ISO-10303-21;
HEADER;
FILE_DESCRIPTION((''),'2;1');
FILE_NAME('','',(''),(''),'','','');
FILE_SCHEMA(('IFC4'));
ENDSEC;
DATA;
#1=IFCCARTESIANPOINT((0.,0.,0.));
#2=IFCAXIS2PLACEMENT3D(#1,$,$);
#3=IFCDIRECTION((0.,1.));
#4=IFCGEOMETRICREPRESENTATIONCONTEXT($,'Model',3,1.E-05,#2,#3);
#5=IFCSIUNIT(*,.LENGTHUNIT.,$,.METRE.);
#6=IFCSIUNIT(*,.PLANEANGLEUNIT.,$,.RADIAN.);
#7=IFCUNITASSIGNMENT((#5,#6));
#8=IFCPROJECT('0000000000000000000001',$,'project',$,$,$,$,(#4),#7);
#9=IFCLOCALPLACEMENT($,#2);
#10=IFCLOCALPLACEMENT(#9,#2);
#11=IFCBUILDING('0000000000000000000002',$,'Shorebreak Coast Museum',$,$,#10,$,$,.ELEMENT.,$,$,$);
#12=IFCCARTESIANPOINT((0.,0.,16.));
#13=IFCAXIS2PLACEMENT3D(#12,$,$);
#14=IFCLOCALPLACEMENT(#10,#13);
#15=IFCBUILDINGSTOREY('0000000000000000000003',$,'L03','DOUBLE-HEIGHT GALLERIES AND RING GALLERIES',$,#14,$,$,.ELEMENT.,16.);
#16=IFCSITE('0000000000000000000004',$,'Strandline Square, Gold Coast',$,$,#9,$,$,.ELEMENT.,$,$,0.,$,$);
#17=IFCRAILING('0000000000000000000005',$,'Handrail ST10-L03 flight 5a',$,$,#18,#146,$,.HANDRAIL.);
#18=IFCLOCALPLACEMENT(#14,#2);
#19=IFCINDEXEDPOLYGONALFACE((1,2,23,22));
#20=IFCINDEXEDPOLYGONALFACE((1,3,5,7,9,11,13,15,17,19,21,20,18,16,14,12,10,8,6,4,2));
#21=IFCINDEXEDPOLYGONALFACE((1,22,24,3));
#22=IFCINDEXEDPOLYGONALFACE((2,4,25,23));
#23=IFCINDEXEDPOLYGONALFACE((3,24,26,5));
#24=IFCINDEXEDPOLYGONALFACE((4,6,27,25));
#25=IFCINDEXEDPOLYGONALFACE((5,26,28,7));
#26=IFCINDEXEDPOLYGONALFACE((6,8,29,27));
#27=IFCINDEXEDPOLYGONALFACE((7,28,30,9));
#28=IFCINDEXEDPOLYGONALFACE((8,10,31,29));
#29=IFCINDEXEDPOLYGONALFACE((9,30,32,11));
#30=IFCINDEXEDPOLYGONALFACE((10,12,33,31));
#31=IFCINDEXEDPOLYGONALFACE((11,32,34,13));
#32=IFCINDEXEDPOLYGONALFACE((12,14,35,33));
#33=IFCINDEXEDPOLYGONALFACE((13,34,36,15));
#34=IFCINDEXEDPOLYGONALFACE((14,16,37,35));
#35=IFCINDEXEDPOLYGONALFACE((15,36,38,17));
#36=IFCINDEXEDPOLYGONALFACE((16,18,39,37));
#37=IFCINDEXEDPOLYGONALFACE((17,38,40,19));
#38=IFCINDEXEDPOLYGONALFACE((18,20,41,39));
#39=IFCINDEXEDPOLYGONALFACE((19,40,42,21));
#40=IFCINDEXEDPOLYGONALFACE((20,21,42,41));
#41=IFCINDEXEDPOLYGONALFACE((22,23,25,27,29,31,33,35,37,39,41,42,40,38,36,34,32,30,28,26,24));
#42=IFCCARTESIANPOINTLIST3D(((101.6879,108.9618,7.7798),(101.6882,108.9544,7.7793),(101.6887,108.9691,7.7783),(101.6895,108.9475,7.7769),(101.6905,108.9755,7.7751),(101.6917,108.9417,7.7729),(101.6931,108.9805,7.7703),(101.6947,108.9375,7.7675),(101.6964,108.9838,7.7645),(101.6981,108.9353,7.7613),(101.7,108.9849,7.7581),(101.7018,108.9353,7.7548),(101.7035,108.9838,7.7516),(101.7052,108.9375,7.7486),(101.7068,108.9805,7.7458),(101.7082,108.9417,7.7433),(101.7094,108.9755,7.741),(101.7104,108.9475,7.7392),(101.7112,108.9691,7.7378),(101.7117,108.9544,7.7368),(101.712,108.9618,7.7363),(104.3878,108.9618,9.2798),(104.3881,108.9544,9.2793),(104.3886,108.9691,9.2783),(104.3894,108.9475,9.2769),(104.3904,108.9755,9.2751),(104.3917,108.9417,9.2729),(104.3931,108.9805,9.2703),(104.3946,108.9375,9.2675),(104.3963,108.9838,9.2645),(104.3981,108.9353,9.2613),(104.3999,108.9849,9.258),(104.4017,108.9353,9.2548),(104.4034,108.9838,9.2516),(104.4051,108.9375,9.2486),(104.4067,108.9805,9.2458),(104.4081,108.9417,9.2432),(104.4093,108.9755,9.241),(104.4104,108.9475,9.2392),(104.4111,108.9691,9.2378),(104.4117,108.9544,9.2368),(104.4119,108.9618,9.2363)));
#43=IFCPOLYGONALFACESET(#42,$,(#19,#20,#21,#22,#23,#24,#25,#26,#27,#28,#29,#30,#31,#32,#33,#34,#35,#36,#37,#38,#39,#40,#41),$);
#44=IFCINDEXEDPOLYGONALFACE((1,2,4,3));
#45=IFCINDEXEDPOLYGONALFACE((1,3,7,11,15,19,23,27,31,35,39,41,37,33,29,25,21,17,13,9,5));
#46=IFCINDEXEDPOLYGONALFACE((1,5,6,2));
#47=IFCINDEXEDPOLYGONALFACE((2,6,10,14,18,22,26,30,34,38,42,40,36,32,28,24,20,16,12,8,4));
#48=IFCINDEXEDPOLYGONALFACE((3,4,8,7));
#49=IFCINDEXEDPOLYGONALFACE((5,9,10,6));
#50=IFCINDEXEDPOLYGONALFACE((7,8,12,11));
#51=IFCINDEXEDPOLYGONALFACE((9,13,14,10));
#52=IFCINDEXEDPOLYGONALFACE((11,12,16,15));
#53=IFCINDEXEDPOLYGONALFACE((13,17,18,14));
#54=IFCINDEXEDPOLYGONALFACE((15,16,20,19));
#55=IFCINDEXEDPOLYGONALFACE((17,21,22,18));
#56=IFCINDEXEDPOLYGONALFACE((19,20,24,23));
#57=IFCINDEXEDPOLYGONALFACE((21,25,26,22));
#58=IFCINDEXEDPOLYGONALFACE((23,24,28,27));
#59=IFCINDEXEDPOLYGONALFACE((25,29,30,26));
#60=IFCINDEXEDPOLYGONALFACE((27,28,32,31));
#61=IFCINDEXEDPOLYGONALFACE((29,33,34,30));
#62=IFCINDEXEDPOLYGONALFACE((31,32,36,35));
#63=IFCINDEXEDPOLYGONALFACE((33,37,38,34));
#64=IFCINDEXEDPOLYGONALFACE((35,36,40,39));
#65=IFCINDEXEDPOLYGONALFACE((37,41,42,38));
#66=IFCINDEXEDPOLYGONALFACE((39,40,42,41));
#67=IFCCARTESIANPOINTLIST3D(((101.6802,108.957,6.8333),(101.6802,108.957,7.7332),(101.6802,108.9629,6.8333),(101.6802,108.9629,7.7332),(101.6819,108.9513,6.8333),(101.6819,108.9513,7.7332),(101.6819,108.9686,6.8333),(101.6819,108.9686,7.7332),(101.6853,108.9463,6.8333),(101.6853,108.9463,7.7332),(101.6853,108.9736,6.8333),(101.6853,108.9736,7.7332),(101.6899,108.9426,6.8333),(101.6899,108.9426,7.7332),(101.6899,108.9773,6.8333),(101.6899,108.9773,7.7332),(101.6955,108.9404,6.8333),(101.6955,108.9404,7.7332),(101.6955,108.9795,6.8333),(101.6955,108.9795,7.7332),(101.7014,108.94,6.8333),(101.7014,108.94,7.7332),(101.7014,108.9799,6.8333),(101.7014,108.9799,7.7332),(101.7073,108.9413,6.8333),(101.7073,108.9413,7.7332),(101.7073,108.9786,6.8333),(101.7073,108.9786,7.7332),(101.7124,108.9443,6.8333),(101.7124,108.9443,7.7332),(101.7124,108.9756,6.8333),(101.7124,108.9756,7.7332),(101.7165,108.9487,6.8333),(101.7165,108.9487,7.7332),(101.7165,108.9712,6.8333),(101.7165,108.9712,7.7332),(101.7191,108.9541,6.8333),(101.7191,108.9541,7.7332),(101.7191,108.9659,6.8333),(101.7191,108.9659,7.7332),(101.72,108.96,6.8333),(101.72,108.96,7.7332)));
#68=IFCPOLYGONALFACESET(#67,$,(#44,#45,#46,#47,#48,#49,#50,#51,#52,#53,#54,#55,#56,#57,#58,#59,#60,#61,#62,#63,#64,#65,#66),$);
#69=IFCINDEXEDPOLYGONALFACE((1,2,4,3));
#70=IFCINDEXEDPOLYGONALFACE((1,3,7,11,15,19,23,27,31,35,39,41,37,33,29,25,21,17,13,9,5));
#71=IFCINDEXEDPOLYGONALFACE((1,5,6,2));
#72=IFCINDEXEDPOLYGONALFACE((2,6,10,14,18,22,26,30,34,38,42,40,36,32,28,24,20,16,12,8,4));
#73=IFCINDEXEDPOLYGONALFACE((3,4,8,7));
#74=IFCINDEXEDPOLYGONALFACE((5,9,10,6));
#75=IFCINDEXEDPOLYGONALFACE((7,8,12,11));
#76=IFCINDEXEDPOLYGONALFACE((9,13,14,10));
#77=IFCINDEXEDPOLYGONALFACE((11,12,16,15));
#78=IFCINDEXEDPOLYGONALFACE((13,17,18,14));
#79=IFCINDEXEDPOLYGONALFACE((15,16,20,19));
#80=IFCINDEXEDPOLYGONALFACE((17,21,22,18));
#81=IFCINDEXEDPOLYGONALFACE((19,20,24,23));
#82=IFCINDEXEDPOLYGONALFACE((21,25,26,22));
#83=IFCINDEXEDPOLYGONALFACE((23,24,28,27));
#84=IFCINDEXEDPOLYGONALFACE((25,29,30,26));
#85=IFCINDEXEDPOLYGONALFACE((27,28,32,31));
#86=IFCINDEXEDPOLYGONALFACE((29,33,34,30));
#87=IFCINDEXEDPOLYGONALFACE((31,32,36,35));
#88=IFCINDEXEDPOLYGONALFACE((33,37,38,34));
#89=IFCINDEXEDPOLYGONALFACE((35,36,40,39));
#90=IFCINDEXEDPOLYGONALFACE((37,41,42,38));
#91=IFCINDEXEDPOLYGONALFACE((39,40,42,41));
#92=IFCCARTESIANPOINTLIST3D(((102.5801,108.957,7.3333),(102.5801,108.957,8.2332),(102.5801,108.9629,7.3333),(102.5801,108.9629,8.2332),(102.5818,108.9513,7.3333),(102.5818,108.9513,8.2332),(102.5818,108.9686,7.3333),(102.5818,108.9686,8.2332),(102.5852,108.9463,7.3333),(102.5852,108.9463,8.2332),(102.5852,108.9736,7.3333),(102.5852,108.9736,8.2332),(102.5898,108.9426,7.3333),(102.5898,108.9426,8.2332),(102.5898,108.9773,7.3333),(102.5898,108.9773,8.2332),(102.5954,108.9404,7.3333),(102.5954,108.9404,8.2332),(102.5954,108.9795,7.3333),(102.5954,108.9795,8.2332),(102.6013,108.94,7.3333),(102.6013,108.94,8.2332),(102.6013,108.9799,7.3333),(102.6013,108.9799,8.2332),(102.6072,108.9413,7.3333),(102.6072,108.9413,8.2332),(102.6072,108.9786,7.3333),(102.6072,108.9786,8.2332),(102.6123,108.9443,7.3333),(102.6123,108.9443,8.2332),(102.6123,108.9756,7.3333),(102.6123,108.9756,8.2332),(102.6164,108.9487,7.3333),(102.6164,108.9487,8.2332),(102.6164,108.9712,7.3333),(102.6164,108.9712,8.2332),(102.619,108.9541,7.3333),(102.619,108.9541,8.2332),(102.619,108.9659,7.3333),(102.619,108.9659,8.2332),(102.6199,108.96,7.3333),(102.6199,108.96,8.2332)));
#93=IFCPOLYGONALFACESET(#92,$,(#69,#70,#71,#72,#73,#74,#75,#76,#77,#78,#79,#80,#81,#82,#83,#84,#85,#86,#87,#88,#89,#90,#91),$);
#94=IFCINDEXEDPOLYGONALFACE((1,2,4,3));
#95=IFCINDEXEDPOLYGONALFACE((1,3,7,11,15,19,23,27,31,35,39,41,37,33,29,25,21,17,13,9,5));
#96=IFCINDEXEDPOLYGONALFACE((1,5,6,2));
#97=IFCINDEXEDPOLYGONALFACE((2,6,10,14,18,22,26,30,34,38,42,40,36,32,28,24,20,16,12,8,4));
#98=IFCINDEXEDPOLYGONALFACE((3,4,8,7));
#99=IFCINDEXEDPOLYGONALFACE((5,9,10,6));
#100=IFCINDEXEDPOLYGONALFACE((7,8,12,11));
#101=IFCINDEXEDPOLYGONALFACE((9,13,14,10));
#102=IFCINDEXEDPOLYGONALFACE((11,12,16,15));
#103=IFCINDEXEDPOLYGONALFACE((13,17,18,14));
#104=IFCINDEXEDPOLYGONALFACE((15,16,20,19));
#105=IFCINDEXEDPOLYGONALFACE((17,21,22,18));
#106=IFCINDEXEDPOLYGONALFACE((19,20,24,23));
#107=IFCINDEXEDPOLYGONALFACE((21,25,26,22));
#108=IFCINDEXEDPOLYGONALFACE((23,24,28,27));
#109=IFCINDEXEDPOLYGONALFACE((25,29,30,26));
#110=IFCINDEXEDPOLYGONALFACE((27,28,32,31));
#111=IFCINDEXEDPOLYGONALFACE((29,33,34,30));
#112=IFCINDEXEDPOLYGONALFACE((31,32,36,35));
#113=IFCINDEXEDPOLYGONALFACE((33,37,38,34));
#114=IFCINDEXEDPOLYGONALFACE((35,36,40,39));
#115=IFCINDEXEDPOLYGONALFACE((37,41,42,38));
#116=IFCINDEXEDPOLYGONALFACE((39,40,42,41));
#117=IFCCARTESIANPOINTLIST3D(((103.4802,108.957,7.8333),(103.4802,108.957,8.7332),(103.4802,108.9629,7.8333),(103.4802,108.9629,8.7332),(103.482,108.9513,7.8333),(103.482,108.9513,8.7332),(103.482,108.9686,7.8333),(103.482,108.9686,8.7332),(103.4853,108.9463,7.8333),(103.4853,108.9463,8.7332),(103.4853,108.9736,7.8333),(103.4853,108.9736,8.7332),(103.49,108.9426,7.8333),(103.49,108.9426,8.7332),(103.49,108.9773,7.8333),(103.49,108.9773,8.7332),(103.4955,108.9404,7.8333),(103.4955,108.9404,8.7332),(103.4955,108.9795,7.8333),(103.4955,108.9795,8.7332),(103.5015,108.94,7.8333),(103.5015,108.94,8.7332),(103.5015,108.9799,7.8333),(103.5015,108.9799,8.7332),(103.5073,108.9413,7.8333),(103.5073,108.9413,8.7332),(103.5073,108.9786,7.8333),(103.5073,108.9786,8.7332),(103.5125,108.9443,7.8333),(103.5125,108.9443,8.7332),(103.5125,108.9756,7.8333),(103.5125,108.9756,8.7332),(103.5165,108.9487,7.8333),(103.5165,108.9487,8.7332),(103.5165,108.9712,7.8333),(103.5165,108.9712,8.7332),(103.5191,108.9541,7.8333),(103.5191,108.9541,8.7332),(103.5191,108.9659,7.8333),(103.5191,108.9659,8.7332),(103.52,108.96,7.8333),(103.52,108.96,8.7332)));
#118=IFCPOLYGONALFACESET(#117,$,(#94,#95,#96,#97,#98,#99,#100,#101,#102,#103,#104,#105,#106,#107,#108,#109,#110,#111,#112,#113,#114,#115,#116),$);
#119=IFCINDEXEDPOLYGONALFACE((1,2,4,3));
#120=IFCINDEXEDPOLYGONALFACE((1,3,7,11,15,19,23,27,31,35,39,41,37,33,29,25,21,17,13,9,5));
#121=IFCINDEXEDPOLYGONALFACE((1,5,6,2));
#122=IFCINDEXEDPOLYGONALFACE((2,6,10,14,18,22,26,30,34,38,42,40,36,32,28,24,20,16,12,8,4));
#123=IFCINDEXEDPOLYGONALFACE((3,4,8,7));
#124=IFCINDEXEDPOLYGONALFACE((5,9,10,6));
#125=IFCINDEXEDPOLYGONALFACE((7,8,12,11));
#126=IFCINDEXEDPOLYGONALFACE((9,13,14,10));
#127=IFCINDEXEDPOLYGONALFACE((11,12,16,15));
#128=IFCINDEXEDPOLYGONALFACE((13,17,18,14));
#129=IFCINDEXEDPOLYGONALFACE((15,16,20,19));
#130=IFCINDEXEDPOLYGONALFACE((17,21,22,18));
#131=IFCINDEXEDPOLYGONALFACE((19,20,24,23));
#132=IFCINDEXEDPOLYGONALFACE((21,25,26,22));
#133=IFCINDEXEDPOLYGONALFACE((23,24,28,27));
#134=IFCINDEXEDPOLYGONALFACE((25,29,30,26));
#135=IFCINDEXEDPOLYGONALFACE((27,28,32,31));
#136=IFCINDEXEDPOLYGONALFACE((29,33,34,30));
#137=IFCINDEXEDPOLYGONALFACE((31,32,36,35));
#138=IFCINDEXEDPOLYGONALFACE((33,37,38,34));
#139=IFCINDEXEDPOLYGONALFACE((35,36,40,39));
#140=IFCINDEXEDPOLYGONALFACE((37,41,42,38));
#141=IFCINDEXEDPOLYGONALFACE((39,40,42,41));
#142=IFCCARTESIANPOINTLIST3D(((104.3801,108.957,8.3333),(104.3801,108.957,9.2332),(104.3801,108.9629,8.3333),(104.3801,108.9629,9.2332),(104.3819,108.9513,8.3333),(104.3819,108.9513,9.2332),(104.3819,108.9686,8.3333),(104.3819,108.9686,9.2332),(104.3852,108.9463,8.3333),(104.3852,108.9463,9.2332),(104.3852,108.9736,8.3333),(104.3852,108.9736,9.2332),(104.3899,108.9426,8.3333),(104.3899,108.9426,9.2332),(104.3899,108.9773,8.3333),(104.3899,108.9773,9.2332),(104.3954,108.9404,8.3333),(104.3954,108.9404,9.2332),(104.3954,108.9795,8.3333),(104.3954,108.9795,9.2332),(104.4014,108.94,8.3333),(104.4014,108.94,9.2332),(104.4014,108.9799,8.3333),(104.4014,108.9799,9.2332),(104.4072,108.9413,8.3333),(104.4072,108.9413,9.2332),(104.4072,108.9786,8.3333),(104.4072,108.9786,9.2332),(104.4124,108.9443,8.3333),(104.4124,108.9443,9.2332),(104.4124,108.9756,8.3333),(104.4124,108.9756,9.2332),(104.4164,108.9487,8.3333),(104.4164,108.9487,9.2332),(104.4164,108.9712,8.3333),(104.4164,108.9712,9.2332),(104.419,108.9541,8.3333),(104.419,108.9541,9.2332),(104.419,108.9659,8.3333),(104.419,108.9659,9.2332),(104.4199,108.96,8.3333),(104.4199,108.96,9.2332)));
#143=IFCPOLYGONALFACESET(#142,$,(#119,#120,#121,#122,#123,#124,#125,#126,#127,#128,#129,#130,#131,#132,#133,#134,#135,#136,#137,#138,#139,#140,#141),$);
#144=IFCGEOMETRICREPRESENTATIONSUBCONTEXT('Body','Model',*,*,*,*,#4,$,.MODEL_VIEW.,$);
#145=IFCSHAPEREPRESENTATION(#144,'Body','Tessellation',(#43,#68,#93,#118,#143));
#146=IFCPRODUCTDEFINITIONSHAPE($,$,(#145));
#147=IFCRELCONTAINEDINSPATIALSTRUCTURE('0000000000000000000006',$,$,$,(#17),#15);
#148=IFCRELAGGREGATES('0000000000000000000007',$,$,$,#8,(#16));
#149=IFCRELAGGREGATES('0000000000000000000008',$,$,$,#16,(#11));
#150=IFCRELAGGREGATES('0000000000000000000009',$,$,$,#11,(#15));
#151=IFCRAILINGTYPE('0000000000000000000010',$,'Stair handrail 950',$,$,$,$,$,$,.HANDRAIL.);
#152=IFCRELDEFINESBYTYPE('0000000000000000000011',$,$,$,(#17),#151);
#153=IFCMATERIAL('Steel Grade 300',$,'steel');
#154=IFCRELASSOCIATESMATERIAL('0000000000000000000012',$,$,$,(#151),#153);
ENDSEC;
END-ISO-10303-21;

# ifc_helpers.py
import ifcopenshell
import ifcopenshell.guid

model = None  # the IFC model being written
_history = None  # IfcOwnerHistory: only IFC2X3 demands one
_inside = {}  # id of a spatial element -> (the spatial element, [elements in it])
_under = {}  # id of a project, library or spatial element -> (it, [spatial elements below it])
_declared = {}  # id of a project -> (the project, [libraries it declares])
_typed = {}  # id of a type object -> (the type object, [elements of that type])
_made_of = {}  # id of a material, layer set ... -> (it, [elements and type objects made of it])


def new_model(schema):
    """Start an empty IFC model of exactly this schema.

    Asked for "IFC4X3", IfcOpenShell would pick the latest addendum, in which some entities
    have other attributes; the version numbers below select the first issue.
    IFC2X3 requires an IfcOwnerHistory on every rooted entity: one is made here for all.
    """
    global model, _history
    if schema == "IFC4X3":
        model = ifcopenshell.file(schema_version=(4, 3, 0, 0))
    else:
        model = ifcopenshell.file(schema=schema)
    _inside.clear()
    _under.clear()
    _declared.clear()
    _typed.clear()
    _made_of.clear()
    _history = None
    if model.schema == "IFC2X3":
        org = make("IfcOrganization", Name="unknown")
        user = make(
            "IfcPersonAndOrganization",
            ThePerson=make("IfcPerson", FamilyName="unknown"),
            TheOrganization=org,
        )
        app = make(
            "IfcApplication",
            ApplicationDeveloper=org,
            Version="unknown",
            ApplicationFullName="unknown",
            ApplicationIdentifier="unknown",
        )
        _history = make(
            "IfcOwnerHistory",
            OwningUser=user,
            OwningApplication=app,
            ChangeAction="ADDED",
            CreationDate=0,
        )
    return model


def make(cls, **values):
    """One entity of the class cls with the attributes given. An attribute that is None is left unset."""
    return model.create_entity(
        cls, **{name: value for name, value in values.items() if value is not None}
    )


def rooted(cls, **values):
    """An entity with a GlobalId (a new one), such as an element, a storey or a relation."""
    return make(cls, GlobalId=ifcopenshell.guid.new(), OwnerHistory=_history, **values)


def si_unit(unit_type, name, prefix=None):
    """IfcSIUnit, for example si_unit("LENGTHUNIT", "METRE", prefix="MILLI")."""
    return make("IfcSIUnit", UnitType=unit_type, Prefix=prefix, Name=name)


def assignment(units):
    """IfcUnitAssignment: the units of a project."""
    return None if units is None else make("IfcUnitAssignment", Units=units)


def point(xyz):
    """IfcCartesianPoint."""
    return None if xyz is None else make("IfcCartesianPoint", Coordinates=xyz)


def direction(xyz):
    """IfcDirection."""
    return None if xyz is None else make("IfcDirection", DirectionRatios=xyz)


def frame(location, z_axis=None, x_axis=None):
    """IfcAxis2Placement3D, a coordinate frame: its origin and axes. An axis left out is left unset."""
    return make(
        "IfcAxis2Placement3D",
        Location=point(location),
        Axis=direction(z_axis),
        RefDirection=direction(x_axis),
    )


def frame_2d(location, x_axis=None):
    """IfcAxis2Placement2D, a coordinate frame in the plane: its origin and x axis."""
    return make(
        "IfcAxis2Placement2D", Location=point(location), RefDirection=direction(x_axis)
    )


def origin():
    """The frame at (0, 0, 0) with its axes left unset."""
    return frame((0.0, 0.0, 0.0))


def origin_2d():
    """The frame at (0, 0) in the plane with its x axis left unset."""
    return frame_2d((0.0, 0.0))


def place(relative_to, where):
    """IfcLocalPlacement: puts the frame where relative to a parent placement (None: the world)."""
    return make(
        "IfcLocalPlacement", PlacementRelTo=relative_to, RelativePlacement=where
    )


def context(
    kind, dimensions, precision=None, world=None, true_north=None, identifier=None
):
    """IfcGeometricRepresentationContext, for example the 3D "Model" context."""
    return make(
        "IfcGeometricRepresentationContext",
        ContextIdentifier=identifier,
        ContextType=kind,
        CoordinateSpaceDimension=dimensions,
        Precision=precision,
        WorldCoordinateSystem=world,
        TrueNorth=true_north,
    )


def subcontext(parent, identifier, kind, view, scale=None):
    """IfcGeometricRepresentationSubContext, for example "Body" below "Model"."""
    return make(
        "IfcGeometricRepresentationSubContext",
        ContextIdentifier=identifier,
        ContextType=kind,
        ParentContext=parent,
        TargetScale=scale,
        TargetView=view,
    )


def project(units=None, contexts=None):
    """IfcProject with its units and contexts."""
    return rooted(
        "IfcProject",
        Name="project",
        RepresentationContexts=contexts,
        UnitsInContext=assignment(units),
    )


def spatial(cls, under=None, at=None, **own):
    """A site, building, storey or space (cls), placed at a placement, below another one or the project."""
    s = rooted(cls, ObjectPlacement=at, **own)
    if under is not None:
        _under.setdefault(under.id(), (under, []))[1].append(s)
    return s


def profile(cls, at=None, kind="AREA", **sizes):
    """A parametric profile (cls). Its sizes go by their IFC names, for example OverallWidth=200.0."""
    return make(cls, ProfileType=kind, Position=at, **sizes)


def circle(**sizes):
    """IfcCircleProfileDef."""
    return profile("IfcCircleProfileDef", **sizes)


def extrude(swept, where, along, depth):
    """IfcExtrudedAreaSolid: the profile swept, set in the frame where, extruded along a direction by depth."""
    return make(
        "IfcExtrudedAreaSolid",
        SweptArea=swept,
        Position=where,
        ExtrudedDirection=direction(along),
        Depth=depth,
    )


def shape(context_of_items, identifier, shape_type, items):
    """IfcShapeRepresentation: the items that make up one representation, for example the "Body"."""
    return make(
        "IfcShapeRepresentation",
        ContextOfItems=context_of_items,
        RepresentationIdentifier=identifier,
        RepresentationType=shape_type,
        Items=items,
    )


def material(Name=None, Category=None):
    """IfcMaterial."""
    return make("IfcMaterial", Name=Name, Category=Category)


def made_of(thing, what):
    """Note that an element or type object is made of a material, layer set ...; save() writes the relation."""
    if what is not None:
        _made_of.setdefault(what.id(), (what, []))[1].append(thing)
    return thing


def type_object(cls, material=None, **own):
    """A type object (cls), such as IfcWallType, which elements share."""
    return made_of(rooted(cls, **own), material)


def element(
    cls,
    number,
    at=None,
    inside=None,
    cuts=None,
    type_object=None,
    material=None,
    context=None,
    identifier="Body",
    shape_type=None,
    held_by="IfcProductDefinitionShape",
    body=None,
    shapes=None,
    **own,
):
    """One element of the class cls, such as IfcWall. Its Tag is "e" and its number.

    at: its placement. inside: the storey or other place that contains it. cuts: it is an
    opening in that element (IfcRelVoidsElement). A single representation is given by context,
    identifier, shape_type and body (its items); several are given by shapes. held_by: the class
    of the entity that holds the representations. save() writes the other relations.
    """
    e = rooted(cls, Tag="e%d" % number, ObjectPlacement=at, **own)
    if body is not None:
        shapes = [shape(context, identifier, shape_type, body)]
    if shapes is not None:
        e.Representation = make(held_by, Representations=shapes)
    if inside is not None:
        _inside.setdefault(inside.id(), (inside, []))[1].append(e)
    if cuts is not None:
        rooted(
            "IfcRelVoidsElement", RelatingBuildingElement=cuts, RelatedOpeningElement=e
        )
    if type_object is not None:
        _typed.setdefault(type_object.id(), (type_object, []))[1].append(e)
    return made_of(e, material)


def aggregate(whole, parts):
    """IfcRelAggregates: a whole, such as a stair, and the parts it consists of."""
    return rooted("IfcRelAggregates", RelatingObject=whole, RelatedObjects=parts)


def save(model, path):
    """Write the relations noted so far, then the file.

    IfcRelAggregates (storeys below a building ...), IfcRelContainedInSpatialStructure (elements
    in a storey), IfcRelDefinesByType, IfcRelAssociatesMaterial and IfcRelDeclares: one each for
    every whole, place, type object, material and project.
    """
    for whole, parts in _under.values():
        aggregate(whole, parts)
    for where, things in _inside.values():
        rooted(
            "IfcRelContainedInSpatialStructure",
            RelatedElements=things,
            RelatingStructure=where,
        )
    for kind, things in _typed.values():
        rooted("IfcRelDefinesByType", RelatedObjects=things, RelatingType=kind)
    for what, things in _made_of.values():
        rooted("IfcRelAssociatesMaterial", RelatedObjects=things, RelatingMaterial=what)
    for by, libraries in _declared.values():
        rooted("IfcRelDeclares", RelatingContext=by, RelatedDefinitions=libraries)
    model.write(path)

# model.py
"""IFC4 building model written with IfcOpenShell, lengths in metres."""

from ifc_helpers import new_model, si_unit, direction, frame, origin, origin_2d, place, context, subcontext, project, spatial, circle, extrude, material, type_object, element, save


model = new_model("IFC4")

# Units and contexts
model_context = context("Model", 3, precision=1e-05, world=origin(), true_north=direction((0.0, 1.0)))
body_context = subcontext(model_context, "Body", "Model", "MODEL_VIEW")
ifc_project = project(units=[si_unit("LENGTHUNIT", "METRE"), si_unit("PLANEANGLEUNIT", "RADIAN")], contexts=[model_context])

# Site, building, storey
site_placement = place(None, origin())
site = spatial("IfcSite", under=ifc_project, at=site_placement, Name="Strandline Square, Gold Coast", CompositionType="ELEMENT", RefElevation=0.0)
building_placement = place(site_placement, origin())
building = spatial("IfcBuilding", under=site, at=building_placement, Name="Shorebreak Coast Museum", CompositionType="ELEMENT")
storey_placement = place(building_placement, frame((0.0, 0.0, 16.0)))
storey = spatial("IfcBuildingStorey", under=building, at=storey_placement, Name="L03", Description="DOUBLE-HEIGHT GALLERIES AND RING GALLERIES", CompositionType="ELEMENT", Elevation=16.0)

# Railing
ifc_material_1 = material(Name="Steel Grade 300", Category="steel")
railing_type_1 = type_object("IfcRailingType", Name="Stair handrail 950", PredefinedType="HANDRAIL", material=ifc_material_1)
for number, where, name in (
    (1, (101.7, 108.96, 6.8333), "Handrail ST10-L03 flight 5a"),
):
    element("IfcRailing", number, at=place(storey_placement, frame(where)), inside=storey, type_object=railing_type_1, Name=name, PredefinedType="HANDRAIL", context=body_context, shape_type="SweptSolid", body=[
        extrude(circle(Radius=0.0249, at=origin_2d()), frame((0.0, 0.0, 0.9248), z_axis=(0.874154, 0.0, 0.48565), x_axis=(0.0, 1.0, 0.0)), (0.0, 0.0, 1.0), 3.0886),
        extrude(circle(Radius=0.02, at=origin_2d()), origin(), (0.0, 0.0, 1.0), 0.8999),
        extrude(circle(Radius=0.02, at=origin_2d()), frame((0.8999, 0.0, 0.5)), (0.0, 0.0, 1.0), 0.8999),
        extrude(circle(Radius=0.02, at=origin_2d()), frame((1.8, 0.0, 1.0)), (0.0, 0.0, 1.0), 0.8999),
        extrude(circle(Radius=0.02, at=origin_2d()), frame((2.7, 0.0, 1.5)), (0.0, 0.0, 1.0), 0.8999),
    ])

save(model, "model.ifc")
